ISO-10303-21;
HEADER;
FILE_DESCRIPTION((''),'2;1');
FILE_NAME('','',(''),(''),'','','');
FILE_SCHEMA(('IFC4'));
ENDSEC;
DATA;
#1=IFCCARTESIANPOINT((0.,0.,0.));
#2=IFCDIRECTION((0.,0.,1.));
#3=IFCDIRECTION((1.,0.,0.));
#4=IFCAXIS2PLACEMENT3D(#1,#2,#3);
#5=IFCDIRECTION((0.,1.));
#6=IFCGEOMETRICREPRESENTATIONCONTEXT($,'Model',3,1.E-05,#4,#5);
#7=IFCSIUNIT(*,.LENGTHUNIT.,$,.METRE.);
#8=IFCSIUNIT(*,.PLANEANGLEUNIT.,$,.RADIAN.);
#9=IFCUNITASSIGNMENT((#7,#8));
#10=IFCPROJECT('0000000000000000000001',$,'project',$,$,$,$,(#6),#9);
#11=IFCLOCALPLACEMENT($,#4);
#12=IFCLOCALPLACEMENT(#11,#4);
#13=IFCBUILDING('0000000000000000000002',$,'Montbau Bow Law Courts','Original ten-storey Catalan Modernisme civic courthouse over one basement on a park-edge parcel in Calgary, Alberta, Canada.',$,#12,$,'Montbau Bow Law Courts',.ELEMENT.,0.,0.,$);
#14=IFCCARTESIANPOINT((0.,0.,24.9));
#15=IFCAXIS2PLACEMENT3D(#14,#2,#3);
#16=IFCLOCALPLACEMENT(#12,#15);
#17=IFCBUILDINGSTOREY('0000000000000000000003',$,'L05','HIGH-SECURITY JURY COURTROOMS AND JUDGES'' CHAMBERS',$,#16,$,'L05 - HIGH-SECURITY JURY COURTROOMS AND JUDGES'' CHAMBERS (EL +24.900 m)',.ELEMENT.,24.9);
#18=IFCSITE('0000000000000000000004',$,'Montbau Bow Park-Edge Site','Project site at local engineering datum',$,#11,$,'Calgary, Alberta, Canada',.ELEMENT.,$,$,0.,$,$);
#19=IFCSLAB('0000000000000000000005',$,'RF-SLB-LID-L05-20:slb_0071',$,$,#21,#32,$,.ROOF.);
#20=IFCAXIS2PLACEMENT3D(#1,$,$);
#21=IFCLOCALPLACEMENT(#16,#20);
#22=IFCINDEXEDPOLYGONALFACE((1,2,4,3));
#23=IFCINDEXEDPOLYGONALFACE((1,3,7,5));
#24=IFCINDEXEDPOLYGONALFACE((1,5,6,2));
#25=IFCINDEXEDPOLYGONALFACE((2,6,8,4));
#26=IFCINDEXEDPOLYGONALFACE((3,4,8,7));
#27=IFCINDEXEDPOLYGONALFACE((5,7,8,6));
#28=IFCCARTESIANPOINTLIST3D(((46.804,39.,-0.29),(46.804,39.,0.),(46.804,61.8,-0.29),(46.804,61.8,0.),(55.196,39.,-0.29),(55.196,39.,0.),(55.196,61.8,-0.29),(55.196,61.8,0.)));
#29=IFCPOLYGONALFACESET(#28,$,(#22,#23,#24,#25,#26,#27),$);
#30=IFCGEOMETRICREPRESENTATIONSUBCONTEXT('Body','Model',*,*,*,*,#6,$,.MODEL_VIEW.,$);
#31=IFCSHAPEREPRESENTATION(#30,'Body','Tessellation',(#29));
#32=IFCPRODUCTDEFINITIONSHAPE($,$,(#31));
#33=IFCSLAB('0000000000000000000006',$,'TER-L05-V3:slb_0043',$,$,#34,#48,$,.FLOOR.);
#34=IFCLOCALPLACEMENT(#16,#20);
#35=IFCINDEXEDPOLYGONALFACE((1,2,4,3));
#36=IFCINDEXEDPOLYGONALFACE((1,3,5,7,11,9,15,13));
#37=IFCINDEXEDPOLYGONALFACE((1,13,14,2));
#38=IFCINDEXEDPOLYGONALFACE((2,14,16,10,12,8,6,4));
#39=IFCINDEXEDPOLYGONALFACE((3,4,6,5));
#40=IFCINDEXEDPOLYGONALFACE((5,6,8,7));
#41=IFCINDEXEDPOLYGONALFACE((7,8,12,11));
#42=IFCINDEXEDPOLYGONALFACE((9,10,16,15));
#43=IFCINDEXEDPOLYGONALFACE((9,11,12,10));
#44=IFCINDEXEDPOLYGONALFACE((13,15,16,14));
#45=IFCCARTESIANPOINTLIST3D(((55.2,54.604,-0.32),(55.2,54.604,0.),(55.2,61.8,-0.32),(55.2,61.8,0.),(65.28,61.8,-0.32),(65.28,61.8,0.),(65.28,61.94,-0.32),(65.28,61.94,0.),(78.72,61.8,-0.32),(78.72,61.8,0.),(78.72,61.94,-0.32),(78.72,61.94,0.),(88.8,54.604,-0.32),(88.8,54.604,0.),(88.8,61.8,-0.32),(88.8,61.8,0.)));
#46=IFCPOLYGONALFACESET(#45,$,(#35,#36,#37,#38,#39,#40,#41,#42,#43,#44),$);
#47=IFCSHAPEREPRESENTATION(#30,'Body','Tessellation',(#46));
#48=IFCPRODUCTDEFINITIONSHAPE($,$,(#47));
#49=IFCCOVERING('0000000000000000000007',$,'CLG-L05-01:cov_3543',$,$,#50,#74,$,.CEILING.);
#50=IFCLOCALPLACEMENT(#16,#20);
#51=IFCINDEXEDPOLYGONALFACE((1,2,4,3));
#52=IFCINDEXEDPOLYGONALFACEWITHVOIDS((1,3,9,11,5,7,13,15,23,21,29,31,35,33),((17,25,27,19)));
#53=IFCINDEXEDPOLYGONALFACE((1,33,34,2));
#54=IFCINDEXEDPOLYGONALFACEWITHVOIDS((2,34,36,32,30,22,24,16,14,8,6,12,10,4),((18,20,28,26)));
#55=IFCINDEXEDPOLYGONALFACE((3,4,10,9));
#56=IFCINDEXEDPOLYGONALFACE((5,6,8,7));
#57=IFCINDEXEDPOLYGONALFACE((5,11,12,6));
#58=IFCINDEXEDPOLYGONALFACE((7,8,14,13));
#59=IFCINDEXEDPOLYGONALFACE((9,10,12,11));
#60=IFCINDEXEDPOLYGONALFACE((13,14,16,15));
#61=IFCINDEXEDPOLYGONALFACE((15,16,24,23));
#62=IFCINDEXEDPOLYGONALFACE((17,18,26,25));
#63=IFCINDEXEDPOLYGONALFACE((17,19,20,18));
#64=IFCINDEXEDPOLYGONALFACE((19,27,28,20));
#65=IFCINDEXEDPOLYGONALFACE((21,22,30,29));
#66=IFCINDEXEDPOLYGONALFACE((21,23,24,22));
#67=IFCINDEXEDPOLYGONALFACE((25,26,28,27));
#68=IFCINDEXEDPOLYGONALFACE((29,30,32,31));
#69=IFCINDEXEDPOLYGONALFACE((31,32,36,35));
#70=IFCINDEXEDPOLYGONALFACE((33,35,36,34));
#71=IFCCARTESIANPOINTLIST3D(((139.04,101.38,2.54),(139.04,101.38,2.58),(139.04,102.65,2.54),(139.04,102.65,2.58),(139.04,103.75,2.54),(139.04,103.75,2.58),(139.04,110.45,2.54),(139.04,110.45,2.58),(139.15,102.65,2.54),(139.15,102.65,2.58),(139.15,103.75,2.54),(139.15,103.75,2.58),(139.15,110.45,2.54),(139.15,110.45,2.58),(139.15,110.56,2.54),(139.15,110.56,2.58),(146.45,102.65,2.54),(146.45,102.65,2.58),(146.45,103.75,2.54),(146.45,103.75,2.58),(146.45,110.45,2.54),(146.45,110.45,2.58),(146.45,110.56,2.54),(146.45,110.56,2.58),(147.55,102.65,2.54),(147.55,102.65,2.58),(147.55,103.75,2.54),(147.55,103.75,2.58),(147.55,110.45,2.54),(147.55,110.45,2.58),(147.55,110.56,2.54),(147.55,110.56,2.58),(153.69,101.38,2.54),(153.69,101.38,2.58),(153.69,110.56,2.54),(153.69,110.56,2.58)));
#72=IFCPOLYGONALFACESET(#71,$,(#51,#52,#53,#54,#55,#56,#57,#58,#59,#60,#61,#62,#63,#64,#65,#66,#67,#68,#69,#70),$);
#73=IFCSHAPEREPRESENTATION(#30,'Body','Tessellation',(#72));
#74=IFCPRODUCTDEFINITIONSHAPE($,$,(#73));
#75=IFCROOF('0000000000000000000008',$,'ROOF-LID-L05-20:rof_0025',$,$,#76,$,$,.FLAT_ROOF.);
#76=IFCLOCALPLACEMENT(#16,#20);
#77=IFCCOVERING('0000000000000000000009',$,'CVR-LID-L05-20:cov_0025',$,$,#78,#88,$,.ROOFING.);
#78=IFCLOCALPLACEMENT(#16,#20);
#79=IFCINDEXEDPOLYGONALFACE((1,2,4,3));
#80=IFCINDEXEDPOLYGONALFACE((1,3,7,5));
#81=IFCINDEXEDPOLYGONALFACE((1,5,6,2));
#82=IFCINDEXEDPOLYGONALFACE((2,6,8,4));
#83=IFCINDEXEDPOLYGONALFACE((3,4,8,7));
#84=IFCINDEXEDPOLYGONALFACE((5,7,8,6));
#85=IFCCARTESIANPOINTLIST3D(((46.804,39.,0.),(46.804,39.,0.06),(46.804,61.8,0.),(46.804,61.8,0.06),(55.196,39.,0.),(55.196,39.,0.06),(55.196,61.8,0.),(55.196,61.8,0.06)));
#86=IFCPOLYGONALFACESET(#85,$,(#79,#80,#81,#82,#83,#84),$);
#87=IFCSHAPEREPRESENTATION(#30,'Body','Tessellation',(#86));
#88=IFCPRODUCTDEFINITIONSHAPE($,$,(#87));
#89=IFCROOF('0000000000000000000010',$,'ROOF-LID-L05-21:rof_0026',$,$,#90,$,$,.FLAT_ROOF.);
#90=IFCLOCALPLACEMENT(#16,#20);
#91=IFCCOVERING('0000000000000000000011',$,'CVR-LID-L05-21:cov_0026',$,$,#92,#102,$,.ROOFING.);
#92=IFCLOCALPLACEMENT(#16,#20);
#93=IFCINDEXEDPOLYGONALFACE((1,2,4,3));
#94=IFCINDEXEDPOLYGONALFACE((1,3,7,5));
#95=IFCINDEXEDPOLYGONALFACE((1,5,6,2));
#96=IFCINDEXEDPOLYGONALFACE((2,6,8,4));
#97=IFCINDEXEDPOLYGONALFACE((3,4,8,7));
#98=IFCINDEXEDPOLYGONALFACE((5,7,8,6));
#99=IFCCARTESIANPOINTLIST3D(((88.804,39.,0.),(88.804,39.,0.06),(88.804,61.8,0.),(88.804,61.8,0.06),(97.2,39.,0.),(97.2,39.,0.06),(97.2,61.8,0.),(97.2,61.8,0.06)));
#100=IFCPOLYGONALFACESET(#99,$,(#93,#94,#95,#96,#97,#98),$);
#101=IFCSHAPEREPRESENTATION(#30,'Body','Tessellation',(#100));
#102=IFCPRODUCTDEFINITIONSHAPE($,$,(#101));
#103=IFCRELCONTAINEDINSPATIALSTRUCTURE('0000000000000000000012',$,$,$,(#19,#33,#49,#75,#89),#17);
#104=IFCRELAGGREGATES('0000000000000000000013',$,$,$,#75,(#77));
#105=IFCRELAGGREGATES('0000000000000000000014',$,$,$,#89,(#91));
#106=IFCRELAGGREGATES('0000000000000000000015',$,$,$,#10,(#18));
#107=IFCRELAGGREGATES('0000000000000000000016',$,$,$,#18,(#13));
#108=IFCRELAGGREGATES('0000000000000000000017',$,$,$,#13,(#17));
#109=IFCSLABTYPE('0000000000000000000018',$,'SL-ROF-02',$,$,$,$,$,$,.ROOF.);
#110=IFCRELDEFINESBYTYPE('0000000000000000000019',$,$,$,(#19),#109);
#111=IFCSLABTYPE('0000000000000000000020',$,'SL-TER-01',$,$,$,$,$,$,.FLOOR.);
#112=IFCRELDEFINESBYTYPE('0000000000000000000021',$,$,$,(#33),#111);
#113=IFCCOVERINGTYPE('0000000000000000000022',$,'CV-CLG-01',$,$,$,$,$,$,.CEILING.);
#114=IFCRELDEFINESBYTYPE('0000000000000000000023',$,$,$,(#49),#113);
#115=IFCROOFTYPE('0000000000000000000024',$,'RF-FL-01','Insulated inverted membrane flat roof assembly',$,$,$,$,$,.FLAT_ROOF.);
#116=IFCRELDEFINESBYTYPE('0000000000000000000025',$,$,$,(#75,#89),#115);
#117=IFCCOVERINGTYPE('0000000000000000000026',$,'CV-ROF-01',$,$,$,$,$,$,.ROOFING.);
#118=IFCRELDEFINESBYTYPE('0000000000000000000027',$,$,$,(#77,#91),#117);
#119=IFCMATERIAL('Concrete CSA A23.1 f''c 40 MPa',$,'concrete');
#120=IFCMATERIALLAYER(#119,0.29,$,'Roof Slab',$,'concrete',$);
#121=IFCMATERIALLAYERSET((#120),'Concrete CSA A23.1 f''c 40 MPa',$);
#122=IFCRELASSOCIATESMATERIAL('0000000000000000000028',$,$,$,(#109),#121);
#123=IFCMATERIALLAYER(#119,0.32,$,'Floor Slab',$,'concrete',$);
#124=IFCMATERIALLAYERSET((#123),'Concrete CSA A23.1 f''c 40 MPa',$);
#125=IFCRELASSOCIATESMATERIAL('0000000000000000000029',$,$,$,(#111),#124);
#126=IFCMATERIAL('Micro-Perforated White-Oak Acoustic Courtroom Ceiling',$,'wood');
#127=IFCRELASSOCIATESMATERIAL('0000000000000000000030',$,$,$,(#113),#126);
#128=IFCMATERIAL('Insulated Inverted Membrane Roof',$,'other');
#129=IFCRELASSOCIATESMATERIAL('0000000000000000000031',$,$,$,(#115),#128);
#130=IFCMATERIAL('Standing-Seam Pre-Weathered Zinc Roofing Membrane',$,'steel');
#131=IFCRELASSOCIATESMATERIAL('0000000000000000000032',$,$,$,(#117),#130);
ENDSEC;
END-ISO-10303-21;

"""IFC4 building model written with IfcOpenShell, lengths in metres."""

from ifc_helpers import new_model, si_unit, direction, frame, origin_with_axes, place, context, subcontext, project, spatial, polyline, outline, extrude, material, layer, layer_set, type_object, element, aggregate, save


model = new_model("IFC4")

# Units and contexts
model_context = context("Model", 3, precision=1e-05, world=origin_with_axes(), true_north=direction((0.0, 1.0)))
body_context = subcontext(model_context, "Body", "Model", "MODEL_VIEW")
ifc_project = project(units=[si_unit("LENGTHUNIT", "METRE"), si_unit("PLANEANGLEUNIT", "RADIAN")], contexts=[model_context])

# Site, building, storey
site_placement = place(None, origin_with_axes())
site = spatial("IfcSite", under=ifc_project, at=site_placement, Name="Montbau Bow Park-Edge Site", Description="Project site at local engineering datum", LongName="Calgary, Alberta, Canada", CompositionType="ELEMENT", RefElevation=0.0)
building_placement = place(site_placement, origin_with_axes())
building = spatial("IfcBuilding", under=site, at=building_placement, Name="Montbau Bow Law Courts", Description="Original ten-storey Catalan Modernisme civic courthouse over one basement on a park-edge parcel in Calgary, Alberta, Canada.", LongName="Montbau Bow Law Courts", CompositionType="ELEMENT", ElevationOfRefHeight=0.0, ElevationOfTerrain=0.0)
storey_placement = place(building_placement, frame((0.0, 0.0, 24.9), z_axis=(0.0, 0.0, 1.0), x_axis=(1.0, 0.0, 0.0)))
storey = spatial("IfcBuildingStorey", under=building, at=storey_placement, Name="L05", Description="HIGH-SECURITY JURY COURTROOMS AND JUDGES' CHAMBERS", LongName="L05 - HIGH-SECURITY JURY COURTROOMS AND JUDGES' CHAMBERS (EL +24.900 m)", CompositionType="ELEMENT", Elevation=24.9)

# Shared definitions
ifc_material_1 = material(Name="Concrete CSA A23.1 f'c 40 MPa", Category="concrete")

# Slabs
ifc_layer_1 = layer(ifc_material_1, 0.29, Name="Roof Slab", Category="concrete")
ifc_layer_set_1 = layer_set([ifc_layer_1], Name="Concrete CSA A23.1 f'c 40 MPa")
slab_type_1 = type_object("IfcSlabType", Name="SL-ROF-02", PredefinedType="ROOF", material=ifc_layer_set_1)
slab_1_placement = place(None, frame((0.0, 0.0, 24.61), z_axis=(0.0, 0.0, 1.0), x_axis=(1.0, 0.0, 0.0)))
element("IfcSlab", 1, at=slab_1_placement, inside=storey, type_object=slab_type_1, Name="RF-SLB-LID-L05-20:slb_0071", PredefinedType="ROOF", context=body_context, shape_type="SweptSolid", body=[
    extrude(outline(polyline([(55.196, 61.8), (55.196, 39.0), (46.804, 39.0), (46.804, 61.8), (55.196, 61.8)])), origin_with_axes(), (0.0, 0.0, 1.0), 0.29),
])
ifc_layer_2 = layer(ifc_material_1, 0.32, Name="Floor Slab", Category="concrete")
ifc_layer_set_2 = layer_set([ifc_layer_2], Name="Concrete CSA A23.1 f'c 40 MPa")
slab_type_2 = type_object("IfcSlabType", Name="SL-TER-01", PredefinedType="FLOOR", material=ifc_layer_set_2)
slab_2_placement = place(None, frame((0.0, 0.0, 24.58), z_axis=(0.0, 0.0, 1.0), x_axis=(1.0, 0.0, 0.0)))
element("IfcSlab", 2, at=slab_2_placement, inside=storey, type_object=slab_type_2, Name="TER-L05-V3:slb_0043", PredefinedType="FLOOR", context=body_context, shape_type="SweptSolid", body=[
    extrude(outline(polyline([(55.2, 54.604), (88.8, 54.604), (88.8, 61.8), (78.72, 61.8), (78.72, 61.94), (65.28, 61.94), (65.28, 61.8), (55.2, 61.8), (55.2, 54.604)])), origin_with_axes(), (0.0, 0.0, 1.0), 0.32),
])

# Covering
ifc_material_2 = material(Name="Micro-Perforated White-Oak Acoustic Courtroom Ceiling", Category="wood")
covering_type_1 = type_object("IfcCoveringType", Name="CV-CLG-01", PredefinedType="CEILING", material=ifc_material_2)
covering_1_placement = place(None, frame((0.0, 0.0, 27.44), z_axis=(0.0, 0.0, 1.0), x_axis=(1.0, 0.0, 0.0)))
element("IfcCovering", 3, at=covering_1_placement, inside=storey, type_object=covering_type_1, Name="CLG-L05-01:cov_3543", PredefinedType="CEILING", context=body_context, shape_type="SweptSolid", body=[
    extrude(outline(polyline([(146.45, 110.56), (146.45, 110.45), (147.55, 110.45), (147.55, 110.56), (153.69, 110.56), (153.69, 101.38), (139.04, 101.38), (139.04, 102.65), (139.15, 102.65), (139.15, 103.75), (139.04, 103.75), (139.04, 110.45), (139.15, 110.45), (139.15, 110.56), (146.45, 110.56)]), holes=[polyline([(146.45, 102.65), (147.55, 102.65), (147.55, 103.75), (146.45, 103.75), (146.45, 102.65)])]), origin_with_axes(), (0.0, 0.0, 1.0), 0.04),
])

# Roofs, coverings
ifc_material_3 = material(Name="Insulated Inverted Membrane Roof", Category="other")
roof_type = type_object("IfcRoofType", Name="RF-FL-01", Description="Insulated inverted membrane flat roof assembly", PredefinedType="FLAT_ROOF", material=ifc_material_3)
roof_1_placement = place(None, frame((46.804, 39.0, 24.9), z_axis=(0.0, 0.0, 1.0), x_axis=(1.0, 0.0, 0.0)))
roof_1 = element("IfcRoof", 4, at=roof_1_placement, inside=storey, type_object=roof_type, Name="ROOF-LID-L05-20:rof_0025", PredefinedType="FLAT_ROOF")
ifc_material_4 = material(Name="Standing-Seam Pre-Weathered Zinc Roofing Membrane", Category="steel")
covering_type_2 = type_object("IfcCoveringType", Name="CV-ROF-01", PredefinedType="ROOFING", material=ifc_material_4)
covering_2_placement = place(None, frame((0.0, 0.0, 24.9), z_axis=(0.0, 0.0, 1.0), x_axis=(1.0, 0.0, 0.0)))
covering_2 = element("IfcCovering", 5, at=covering_2_placement, type_object=covering_type_2, Name="CVR-LID-L05-20:cov_0025", PredefinedType="ROOFING", context=body_context, shape_type="SweptSolid", body=[
    extrude(outline(polyline([(55.196, 61.8), (55.196, 39.0), (46.804, 39.0), (46.804, 61.8), (55.196, 61.8)])), origin_with_axes(), (0.0, 0.0, 1.0), 0.06),
])
aggregate(roof_1, [covering_2])
roof_2_placement = place(None, frame((88.804, 39.0, 24.9), z_axis=(0.0, 0.0, 1.0), x_axis=(1.0, 0.0, 0.0)))
roof_2 = element("IfcRoof", 6, at=roof_2_placement, inside=storey, type_object=roof_type, Name="ROOF-LID-L05-21:rof_0026", PredefinedType="FLAT_ROOF")
covering_3_placement = place(None, frame((0.0, 0.0, 24.9), z_axis=(0.0, 0.0, 1.0), x_axis=(1.0, 0.0, 0.0)))
covering_3 = element("IfcCovering", 7, at=covering_3_placement, type_object=covering_type_2, Name="CVR-LID-L05-21:cov_0026", PredefinedType="ROOFING", context=body_context, shape_type="SweptSolid", body=[
    extrude(outline(polyline([(97.2, 61.8), (97.2, 39.0), (88.804, 39.0), (88.804, 61.8), (97.2, 61.8)])), origin_with_axes(), (0.0, 0.0, 1.0), 0.06),
])
aggregate(roof_2, [covering_3])

save(model, "model.ifc")
